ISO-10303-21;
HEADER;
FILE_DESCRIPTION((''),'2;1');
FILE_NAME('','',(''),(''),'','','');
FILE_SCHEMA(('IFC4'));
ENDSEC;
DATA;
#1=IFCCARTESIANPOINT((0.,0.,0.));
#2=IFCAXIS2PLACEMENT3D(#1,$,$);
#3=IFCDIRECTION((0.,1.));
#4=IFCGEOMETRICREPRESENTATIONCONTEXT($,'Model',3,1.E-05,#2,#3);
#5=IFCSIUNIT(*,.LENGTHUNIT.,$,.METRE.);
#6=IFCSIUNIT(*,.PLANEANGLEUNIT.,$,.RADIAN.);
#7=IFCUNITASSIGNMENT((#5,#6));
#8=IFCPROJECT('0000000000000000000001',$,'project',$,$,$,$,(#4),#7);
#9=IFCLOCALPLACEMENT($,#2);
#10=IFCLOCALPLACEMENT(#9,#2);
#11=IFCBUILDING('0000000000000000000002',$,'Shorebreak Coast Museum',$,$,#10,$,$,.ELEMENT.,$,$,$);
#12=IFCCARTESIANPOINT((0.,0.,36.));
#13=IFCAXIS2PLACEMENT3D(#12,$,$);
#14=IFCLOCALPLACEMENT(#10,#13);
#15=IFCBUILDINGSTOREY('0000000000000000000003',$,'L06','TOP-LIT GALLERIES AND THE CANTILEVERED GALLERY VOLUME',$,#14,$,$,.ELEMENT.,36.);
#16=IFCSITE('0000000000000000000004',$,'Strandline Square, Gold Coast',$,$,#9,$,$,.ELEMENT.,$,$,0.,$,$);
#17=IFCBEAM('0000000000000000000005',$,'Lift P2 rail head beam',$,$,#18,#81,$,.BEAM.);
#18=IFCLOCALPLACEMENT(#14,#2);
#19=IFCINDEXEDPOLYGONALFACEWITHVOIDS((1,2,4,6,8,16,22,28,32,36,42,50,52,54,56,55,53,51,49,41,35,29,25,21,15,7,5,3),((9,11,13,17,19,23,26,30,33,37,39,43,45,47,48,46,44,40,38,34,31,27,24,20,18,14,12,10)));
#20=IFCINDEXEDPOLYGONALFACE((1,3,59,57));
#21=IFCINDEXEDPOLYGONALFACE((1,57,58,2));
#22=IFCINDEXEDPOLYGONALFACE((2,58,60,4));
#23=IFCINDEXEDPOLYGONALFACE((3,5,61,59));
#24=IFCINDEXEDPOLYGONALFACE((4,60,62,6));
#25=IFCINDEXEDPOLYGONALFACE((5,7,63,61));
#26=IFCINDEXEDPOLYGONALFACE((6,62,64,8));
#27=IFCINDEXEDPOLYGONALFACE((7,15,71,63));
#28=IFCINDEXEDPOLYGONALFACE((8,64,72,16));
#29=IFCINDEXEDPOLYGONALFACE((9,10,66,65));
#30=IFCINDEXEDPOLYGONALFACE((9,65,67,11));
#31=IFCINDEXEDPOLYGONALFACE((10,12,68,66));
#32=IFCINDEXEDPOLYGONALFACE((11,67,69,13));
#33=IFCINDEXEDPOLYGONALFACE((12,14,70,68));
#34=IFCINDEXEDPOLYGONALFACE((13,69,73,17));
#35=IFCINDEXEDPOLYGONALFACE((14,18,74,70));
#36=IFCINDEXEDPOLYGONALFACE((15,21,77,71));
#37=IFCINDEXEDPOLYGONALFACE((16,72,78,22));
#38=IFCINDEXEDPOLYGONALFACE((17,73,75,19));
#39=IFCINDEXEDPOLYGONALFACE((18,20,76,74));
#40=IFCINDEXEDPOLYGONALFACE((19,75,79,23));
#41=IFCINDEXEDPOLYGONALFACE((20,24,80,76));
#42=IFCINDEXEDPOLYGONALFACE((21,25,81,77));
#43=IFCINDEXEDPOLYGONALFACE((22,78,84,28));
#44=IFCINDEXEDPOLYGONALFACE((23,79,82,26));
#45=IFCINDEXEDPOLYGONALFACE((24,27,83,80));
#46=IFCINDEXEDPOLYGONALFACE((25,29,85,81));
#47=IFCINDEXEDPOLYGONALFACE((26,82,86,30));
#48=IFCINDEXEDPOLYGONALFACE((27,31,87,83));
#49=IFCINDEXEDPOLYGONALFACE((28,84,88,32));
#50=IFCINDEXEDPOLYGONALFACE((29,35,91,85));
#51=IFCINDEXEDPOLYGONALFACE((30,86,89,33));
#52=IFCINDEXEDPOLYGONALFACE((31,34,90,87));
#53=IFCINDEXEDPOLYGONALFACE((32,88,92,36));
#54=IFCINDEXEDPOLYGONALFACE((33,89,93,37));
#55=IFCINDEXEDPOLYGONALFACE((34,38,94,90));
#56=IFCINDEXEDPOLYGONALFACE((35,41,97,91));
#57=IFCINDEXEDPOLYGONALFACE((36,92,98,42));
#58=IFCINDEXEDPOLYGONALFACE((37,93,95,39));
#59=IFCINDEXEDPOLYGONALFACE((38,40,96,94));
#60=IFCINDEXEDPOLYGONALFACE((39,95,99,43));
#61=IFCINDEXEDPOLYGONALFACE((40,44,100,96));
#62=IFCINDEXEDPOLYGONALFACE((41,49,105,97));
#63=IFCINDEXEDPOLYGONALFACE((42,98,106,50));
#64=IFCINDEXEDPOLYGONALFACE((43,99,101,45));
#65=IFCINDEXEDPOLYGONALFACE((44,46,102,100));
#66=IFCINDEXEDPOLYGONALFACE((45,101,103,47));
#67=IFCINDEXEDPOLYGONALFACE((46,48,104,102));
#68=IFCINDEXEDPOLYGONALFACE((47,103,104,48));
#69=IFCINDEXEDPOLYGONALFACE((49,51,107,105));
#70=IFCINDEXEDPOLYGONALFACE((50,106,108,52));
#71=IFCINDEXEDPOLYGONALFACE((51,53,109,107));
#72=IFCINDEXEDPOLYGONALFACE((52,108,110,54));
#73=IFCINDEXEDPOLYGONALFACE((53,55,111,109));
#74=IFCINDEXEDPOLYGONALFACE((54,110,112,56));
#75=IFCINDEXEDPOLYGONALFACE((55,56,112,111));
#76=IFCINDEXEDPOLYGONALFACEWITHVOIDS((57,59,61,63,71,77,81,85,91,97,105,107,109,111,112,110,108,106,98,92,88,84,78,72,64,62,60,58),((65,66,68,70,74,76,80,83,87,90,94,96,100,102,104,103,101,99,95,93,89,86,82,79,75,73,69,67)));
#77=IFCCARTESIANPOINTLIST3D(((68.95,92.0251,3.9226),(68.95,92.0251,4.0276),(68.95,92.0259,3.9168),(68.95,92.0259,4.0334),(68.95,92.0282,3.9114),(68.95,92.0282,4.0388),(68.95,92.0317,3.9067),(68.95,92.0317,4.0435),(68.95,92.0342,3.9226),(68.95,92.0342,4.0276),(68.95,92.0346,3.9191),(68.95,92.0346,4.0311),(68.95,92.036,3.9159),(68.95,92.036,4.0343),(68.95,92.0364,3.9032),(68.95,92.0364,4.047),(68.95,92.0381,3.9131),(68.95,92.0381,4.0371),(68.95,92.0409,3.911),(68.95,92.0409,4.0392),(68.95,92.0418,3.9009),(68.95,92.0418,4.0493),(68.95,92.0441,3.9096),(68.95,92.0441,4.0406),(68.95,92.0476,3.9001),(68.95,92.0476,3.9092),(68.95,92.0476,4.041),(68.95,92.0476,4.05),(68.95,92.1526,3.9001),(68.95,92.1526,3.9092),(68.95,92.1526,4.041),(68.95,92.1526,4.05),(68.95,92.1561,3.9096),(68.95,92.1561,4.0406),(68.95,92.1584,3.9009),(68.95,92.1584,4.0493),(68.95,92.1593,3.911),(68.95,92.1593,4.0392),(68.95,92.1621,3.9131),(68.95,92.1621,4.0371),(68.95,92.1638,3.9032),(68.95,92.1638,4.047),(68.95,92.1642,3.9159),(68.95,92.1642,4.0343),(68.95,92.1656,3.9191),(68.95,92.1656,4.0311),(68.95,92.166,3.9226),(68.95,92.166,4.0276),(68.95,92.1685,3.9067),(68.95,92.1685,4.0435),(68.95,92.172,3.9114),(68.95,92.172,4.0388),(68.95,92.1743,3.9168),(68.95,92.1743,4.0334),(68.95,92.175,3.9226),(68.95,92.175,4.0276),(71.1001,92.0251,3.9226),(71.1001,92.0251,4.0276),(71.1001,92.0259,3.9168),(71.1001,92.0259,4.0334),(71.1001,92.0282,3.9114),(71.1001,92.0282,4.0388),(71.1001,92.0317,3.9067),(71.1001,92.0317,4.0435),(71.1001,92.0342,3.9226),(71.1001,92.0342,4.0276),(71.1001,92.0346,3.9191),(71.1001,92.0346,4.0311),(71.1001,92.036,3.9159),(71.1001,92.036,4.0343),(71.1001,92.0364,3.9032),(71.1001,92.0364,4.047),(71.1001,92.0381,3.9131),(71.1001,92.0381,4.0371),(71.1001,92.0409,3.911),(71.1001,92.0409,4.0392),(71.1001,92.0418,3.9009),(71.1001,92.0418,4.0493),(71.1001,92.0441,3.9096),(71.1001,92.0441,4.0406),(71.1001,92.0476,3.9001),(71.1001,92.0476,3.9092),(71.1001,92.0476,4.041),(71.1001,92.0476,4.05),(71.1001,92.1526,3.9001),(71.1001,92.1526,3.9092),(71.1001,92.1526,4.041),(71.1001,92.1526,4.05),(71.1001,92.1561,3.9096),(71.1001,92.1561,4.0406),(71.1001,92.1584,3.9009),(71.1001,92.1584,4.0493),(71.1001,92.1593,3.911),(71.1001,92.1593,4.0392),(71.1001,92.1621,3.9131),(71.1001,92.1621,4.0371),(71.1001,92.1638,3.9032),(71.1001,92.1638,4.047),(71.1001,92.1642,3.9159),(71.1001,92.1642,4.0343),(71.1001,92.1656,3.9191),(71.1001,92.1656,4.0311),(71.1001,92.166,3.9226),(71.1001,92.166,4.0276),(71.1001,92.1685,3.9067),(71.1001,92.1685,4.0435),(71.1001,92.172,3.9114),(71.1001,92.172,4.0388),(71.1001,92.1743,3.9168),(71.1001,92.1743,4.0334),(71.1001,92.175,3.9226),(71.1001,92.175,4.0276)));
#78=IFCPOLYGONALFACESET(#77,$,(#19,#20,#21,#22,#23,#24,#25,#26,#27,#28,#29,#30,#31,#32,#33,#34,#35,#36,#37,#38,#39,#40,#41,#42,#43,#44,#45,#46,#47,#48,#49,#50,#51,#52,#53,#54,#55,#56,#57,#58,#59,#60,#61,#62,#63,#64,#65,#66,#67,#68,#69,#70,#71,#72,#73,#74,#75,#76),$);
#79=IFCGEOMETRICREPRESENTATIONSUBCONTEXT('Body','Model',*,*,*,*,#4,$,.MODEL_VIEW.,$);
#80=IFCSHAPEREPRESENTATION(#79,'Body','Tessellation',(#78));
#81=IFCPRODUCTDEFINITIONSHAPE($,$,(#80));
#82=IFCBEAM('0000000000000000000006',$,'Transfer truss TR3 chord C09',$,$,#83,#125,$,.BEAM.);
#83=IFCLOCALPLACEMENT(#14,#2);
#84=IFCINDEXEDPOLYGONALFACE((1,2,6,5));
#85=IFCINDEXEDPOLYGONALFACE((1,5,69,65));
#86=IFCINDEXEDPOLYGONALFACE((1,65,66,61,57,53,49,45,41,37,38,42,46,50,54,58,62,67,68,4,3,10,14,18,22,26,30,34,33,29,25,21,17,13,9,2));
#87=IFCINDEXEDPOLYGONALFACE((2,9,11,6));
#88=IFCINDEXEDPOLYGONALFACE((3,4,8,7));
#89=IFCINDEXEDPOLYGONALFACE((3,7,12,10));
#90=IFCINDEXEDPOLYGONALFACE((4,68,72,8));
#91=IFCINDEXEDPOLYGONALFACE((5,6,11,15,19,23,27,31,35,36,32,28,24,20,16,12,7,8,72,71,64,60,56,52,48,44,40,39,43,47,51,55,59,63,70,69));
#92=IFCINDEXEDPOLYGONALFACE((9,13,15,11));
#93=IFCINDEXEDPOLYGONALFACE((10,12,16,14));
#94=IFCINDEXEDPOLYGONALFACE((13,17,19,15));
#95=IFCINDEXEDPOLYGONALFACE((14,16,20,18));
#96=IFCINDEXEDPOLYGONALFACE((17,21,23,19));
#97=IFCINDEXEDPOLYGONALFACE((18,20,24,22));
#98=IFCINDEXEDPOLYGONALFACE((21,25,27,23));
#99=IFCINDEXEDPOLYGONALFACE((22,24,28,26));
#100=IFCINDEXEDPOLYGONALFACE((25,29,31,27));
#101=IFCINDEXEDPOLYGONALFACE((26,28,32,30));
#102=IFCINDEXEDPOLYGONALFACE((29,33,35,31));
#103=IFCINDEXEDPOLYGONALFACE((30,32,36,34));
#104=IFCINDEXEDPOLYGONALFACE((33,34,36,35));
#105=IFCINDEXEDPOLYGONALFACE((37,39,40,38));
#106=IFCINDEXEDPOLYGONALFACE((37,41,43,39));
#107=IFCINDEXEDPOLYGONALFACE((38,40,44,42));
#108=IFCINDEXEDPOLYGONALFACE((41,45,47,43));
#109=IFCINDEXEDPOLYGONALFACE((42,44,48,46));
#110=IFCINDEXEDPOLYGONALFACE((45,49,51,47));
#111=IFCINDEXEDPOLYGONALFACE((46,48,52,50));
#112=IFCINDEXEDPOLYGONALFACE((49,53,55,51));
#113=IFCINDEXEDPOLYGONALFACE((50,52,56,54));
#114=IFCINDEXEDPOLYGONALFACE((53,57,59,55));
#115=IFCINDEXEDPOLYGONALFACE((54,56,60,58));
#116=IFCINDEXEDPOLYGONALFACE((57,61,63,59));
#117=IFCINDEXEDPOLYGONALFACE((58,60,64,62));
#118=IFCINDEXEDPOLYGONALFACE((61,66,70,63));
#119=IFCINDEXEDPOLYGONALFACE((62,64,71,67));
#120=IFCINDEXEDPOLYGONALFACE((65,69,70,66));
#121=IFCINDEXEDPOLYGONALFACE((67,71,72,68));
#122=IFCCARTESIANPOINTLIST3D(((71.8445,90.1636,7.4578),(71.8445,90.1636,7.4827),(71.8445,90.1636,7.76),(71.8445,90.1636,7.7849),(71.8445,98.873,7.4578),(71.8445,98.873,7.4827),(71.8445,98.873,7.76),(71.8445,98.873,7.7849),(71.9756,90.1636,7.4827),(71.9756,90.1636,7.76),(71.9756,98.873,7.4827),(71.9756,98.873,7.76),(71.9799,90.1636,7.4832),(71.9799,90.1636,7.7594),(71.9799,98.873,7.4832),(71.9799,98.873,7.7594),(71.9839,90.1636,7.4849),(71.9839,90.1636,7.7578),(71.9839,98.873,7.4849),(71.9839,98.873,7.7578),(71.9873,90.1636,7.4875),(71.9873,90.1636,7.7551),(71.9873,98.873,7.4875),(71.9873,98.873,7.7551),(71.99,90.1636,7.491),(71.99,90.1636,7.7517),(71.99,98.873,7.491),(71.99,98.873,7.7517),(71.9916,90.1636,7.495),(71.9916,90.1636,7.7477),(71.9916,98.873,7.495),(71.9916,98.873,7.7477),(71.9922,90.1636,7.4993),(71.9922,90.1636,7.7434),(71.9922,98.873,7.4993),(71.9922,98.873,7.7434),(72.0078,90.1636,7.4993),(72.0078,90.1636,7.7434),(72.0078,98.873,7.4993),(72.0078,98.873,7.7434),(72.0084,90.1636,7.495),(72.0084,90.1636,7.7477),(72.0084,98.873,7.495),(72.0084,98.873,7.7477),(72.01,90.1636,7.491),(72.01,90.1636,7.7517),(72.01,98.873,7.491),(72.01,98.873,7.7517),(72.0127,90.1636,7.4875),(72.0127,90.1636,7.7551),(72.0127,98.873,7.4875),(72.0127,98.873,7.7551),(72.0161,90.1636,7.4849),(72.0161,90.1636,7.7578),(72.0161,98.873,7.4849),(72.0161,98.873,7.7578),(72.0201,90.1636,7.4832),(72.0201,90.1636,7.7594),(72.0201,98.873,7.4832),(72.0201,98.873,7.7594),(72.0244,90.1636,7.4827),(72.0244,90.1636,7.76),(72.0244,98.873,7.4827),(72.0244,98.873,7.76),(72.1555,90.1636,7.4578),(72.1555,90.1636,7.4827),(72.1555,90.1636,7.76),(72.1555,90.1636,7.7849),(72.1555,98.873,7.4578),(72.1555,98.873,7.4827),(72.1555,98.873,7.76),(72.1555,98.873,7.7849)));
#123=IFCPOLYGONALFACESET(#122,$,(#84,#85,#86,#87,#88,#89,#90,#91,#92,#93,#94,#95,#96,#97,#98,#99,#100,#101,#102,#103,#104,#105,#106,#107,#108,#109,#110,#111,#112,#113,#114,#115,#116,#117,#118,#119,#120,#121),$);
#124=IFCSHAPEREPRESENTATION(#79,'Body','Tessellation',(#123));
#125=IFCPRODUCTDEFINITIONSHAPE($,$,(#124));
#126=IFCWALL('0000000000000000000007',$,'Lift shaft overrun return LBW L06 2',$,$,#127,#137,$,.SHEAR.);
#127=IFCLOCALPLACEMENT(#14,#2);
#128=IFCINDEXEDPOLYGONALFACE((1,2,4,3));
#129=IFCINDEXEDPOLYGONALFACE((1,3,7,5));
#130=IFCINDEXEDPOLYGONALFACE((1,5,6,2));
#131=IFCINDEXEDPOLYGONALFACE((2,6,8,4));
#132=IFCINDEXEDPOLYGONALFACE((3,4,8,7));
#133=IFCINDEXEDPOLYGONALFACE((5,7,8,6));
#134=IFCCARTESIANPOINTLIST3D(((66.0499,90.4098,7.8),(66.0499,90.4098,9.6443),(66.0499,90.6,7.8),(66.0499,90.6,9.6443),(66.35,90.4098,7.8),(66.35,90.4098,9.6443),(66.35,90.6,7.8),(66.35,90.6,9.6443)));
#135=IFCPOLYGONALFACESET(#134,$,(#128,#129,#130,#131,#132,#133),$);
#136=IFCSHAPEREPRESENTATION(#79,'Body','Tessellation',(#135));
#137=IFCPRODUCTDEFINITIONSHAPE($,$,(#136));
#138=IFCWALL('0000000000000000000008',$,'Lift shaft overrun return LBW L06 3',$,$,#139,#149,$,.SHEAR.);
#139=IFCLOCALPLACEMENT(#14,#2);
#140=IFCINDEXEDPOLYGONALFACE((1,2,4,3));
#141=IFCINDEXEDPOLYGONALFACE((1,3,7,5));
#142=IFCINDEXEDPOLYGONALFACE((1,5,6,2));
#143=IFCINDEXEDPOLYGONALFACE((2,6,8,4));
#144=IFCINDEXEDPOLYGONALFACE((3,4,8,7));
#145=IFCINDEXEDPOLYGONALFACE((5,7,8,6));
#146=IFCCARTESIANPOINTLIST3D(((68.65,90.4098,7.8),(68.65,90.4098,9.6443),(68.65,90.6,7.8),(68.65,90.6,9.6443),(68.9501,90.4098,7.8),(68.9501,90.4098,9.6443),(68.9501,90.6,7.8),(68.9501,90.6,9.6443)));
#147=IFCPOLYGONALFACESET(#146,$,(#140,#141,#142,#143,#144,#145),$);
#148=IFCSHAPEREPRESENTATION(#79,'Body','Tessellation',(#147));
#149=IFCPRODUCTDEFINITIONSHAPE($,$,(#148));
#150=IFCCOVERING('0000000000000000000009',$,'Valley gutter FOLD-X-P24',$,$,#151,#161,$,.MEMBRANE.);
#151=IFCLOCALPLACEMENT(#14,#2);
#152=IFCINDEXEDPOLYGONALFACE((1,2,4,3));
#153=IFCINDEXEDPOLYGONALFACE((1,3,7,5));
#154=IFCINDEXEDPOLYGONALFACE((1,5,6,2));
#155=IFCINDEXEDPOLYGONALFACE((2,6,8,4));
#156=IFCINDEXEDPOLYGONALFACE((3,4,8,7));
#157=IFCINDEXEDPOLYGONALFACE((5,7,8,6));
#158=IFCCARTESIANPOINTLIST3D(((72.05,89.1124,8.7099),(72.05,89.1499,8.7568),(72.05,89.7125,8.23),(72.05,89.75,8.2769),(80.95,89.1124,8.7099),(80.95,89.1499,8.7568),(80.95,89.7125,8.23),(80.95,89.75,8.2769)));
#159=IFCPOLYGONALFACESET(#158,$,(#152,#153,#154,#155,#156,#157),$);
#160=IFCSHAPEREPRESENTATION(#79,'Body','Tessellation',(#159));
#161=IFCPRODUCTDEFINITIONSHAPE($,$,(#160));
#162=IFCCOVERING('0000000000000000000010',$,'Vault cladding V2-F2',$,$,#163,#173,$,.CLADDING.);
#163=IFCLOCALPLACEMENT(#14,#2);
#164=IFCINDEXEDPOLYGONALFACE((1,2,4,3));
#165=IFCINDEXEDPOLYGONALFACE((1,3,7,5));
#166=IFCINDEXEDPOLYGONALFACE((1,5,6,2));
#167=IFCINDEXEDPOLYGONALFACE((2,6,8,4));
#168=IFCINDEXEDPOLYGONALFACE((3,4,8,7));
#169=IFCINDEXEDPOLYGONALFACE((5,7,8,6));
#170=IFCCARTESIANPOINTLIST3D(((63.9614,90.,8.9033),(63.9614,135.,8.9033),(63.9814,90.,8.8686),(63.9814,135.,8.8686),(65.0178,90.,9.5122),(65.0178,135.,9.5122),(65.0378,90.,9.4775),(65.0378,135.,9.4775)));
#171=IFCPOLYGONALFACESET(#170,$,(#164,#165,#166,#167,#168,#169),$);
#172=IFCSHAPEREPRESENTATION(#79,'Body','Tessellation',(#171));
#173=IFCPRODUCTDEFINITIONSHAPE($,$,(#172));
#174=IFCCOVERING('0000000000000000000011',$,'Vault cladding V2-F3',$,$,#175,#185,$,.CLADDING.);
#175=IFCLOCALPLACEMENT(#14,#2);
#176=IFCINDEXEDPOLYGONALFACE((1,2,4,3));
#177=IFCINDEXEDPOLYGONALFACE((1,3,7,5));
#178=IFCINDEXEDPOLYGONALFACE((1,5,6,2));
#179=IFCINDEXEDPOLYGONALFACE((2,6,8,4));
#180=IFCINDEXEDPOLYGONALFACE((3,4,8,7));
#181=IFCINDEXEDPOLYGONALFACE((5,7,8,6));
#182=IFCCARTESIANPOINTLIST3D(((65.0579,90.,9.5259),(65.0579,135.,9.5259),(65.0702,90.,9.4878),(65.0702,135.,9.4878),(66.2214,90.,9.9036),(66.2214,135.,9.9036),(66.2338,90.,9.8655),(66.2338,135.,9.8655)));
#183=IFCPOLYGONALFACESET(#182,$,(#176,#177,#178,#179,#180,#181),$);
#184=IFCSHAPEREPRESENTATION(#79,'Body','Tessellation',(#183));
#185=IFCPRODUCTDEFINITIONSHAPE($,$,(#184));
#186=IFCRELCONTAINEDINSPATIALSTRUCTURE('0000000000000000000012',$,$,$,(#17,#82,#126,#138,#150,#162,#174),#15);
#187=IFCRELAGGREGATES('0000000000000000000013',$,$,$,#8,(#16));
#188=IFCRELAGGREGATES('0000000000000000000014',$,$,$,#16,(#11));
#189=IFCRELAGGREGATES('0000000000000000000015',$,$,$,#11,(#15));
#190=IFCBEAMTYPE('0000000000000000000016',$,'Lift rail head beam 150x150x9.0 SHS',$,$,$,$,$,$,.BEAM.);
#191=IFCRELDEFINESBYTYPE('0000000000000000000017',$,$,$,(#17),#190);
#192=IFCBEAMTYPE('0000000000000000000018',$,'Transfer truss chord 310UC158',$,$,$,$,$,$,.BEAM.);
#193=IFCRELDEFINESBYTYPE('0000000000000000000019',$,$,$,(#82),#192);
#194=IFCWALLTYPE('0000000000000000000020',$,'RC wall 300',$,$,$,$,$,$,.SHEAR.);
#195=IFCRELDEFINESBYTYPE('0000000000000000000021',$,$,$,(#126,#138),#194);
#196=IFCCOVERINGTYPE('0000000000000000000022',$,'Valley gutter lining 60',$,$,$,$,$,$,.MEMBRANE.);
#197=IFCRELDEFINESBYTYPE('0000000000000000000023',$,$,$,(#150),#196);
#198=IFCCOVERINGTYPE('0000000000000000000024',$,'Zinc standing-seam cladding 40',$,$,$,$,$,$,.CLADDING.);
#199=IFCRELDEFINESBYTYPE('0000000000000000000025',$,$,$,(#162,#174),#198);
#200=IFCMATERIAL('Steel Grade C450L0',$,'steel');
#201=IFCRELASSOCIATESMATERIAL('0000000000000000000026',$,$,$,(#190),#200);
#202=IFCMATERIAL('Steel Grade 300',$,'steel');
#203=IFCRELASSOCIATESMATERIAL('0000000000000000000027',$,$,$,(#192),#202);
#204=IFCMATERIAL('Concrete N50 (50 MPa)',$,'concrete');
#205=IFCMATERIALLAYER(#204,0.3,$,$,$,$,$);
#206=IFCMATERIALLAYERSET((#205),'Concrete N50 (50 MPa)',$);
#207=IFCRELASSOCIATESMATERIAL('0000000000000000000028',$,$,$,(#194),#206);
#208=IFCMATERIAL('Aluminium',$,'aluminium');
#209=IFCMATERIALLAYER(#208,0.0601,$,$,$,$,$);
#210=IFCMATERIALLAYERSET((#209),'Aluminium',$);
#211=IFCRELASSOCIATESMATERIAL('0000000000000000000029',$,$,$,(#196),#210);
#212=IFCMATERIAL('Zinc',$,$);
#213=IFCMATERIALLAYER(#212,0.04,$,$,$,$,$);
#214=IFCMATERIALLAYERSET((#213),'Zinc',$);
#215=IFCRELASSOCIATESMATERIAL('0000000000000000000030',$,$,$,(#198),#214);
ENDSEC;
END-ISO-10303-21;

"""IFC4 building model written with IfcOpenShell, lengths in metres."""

from ifc_helpers import new_model, si_unit, direction, frame, frame_2d, origin, origin_2d, place, context, subcontext, project, spatial, polyline, rectangle, hollow_rectangle, i_section, outline, extrude, material, layer, layer_set, material_profile, profile_set, type_object, element, save


model = new_model("IFC4")

# Units and contexts
model_context = context("Model", 3, precision=1e-05, world=origin(), true_north=direction((0.0, 1.0)))
body_context = subcontext(model_context, "Body", "Model", "MODEL_VIEW")
ifc_project = project(units=[si_unit("LENGTHUNIT", "METRE"), si_unit("PLANEANGLEUNIT", "RADIAN")], contexts=[model_context])

# Site, building, storey
site_placement = place(None, origin())
site = spatial("IfcSite", under=ifc_project, at=site_placement, Name="Strandline Square, Gold Coast", CompositionType="ELEMENT", RefElevation=0.0)
building_placement = place(site_placement, origin())
building = spatial("IfcBuilding", under=site, at=building_placement, Name="Shorebreak Coast Museum", CompositionType="ELEMENT")
storey_placement = place(building_placement, frame((0.0, 0.0, 36.0)))
storey = spatial("IfcBuildingStorey", under=building, at=storey_placement, Name="L06", Description="TOP-LIT GALLERIES AND THE CANTILEVERED GALLERY VOLUME", CompositionType="ELEMENT", Elevation=36.0)

# Beams
ifc_material_1 = material(Name="Steel Grade C450L0", Category="steel")
ifc_material_profile_1 = material_profile(ifc_material_1, hollow_rectangle(XDim=0.1499, YDim=0.1499, WallThickness=0.009, InnerFilletRadius=0.0134, OuterFilletRadius=0.0225, at=origin_2d()), Name="150x150x9.0 SHS")
ifc_profile_set_1 = profile_set([ifc_material_profile_1], Name="Steel Grade C450L0")
beam_type_1 = type_object("IfcBeamType", Name="Lift rail head beam 150x150x9.0 SHS", PredefinedType="BEAM", material=ifc_profile_set_1)
beam_1_placement = place(storey_placement, frame((68.95, 92.1001, 3.9751), z_axis=(1.0, 0.0, 0.0), x_axis=(0.0, 1.0, 0.0)))
element("IfcBeam", 1, at=beam_1_placement, inside=storey, type_object=beam_type_1, Name="Lift P2 rail head beam", PredefinedType="BEAM", context=body_context, shape_type="SweptSolid", body=[
    extrude(hollow_rectangle(XDim=0.1499, YDim=0.1499, WallThickness=0.009, InnerFilletRadius=0.0134, OuterFilletRadius=0.0225, at=origin_2d()), origin(), (0.0, 0.0, 1.0), 2.1501),
])
ifc_material_2 = material(Name="Steel Grade 300", Category="steel")
ifc_material_profile_2 = material_profile(ifc_material_2, i_section(OverallWidth=0.311, OverallDepth=0.3271, WebThickness=0.0156, FlangeThickness=0.0249, FilletRadius=0.0166, at=origin_2d()), Name="310UC158")
ifc_profile_set_2 = profile_set([ifc_material_profile_2], Name="Steel Grade 300")
beam_type_2 = type_object("IfcBeamType", Name="Transfer truss chord 310UC158", PredefinedType="BEAM", material=ifc_profile_set_2)
beam_2_placement = place(storey_placement, frame((72.0, 90.1636, 7.6213), z_axis=(0.0, 1.0, 0.0), x_axis=(-1.0, 0.0, 0.0)))
element("IfcBeam", 2, at=beam_2_placement, inside=storey, type_object=beam_type_2, Name="Transfer truss TR3 chord C09", PredefinedType="BEAM", context=body_context, shape_type="SweptSolid", body=[
    extrude(i_section(OverallWidth=0.311, OverallDepth=0.3271, WebThickness=0.0156, FlangeThickness=0.0249, FilletRadius=0.0166, at=origin_2d()), origin(), (0.0, 0.0, 1.0), 8.7095),
])

# Walls
ifc_material_3 = material(Name="Concrete N50 (50 MPa)", Category="concrete")
ifc_layer_1 = layer(ifc_material_3, 0.3)
ifc_layer_set_1 = layer_set([ifc_layer_1], Name="Concrete N50 (50 MPa)")
wall_type = type_object("IfcWallType", Name="RC wall 300", PredefinedType="SHEAR", material=ifc_layer_set_1)
for number, where, z_axis, x_axis, name in (
    (3, (66.2, 90.6001, 7.8), (0.0, 0.0, 1.0), (0.0, -1.0, 0.0), "Lift shaft overrun return LBW L06 2"),
    (4, (68.8, 90.6001, 7.8), (0.0, 0.0, 1.0), (0.0, -1.0, 0.0), "Lift shaft overrun return LBW L06 3"),
):
    element("IfcWall", number, at=place(storey_placement, frame(where, z_axis=z_axis, x_axis=x_axis)), inside=storey, type_object=wall_type, Name=name, PredefinedType="SHEAR", context=body_context, shape_type="SweptSolid", body=[
        extrude(rectangle(XDim=0.1902, YDim=0.3, at=frame_2d((0.0952, 0.0))), origin(), (0.0, 0.0, 1.0), 1.8442),
    ])

# Coverings
ifc_material_4 = material(Name="Aluminium", Category="aluminium")
ifc_layer_2 = layer(ifc_material_4, 0.0601)
ifc_layer_set_2 = layer_set([ifc_layer_2], Name="Aluminium")
covering_type_1 = type_object("IfcCoveringType", Name="Valley gutter lining 60", PredefinedType="MEMBRANE", material=ifc_layer_set_2)
covering_1_placement = place(storey_placement, frame((72.05, 89.1499, 8.7568), z_axis=(0.0, 0.624618, 0.780931), x_axis=(1.0, 0.0, 0.0)))
element("IfcCovering", 5, at=covering_1_placement, inside=storey, type_object=covering_type_1, Name="Valley gutter FOLD-X-P24", PredefinedType="MEMBRANE", context=body_context, shape_type="SweptSolid", body=[
    extrude(outline(polyline([(0.0, 0.0), (8.8999, 0.0), (8.8999, 0.7684), (0.0, 0.7684), (0.0, 0.0)])), origin(), (0.0, 0.0, -1.0), 0.0601),
])
ifc_material_5 = material(Name="Zinc")
ifc_layer_3 = layer(ifc_material_5, 0.04)
ifc_layer_set_3 = layer_set([ifc_layer_3], Name="Zinc")
covering_type_2 = type_object("IfcCoveringType", Name="Zinc standing-seam cladding 40", PredefinedType="CLADDING", material=ifc_layer_set_3)
covering_2_placement = place(storey_placement, frame((63.9614, 90.0, 8.9033), z_axis=(-0.49937, 0.0, 0.866389), x_axis=(0.866389, 0.0, 0.49937)))
element("IfcCovering", 6, at=covering_2_placement, inside=storey, type_object=covering_type_2, Name="Vault cladding V2-F2", PredefinedType="CLADDING", context=body_context, shape_type="SweptSolid", body=[
    extrude(outline(polyline([(0.0, 0.0), (1.2193, 0.0), (1.2193, 45.0), (0.0, 45.0), (0.0, 0.0)])), origin(), (0.0, 0.0, -1.0), 0.04),
])
covering_3_placement = place(storey_placement, frame((65.0579, 90.0, 9.5259), z_axis=(-0.308734, 0.0, 0.951148), x_axis=(0.951148, 0.0, 0.308734)))
element("IfcCovering", 7, at=covering_3_placement, inside=storey, type_object=covering_type_2, Name="Vault cladding V2-F3", PredefinedType="CLADDING", context=body_context, shape_type="SweptSolid", body=[
    extrude(outline(polyline([(0.0, 0.0), (1.2233, 0.0), (1.2233, 45.0), (0.0, 45.0), (0.0, 0.0)])), origin(), (0.0, 0.0, -1.0), 0.04),
])

save(model, "model.ifc")
